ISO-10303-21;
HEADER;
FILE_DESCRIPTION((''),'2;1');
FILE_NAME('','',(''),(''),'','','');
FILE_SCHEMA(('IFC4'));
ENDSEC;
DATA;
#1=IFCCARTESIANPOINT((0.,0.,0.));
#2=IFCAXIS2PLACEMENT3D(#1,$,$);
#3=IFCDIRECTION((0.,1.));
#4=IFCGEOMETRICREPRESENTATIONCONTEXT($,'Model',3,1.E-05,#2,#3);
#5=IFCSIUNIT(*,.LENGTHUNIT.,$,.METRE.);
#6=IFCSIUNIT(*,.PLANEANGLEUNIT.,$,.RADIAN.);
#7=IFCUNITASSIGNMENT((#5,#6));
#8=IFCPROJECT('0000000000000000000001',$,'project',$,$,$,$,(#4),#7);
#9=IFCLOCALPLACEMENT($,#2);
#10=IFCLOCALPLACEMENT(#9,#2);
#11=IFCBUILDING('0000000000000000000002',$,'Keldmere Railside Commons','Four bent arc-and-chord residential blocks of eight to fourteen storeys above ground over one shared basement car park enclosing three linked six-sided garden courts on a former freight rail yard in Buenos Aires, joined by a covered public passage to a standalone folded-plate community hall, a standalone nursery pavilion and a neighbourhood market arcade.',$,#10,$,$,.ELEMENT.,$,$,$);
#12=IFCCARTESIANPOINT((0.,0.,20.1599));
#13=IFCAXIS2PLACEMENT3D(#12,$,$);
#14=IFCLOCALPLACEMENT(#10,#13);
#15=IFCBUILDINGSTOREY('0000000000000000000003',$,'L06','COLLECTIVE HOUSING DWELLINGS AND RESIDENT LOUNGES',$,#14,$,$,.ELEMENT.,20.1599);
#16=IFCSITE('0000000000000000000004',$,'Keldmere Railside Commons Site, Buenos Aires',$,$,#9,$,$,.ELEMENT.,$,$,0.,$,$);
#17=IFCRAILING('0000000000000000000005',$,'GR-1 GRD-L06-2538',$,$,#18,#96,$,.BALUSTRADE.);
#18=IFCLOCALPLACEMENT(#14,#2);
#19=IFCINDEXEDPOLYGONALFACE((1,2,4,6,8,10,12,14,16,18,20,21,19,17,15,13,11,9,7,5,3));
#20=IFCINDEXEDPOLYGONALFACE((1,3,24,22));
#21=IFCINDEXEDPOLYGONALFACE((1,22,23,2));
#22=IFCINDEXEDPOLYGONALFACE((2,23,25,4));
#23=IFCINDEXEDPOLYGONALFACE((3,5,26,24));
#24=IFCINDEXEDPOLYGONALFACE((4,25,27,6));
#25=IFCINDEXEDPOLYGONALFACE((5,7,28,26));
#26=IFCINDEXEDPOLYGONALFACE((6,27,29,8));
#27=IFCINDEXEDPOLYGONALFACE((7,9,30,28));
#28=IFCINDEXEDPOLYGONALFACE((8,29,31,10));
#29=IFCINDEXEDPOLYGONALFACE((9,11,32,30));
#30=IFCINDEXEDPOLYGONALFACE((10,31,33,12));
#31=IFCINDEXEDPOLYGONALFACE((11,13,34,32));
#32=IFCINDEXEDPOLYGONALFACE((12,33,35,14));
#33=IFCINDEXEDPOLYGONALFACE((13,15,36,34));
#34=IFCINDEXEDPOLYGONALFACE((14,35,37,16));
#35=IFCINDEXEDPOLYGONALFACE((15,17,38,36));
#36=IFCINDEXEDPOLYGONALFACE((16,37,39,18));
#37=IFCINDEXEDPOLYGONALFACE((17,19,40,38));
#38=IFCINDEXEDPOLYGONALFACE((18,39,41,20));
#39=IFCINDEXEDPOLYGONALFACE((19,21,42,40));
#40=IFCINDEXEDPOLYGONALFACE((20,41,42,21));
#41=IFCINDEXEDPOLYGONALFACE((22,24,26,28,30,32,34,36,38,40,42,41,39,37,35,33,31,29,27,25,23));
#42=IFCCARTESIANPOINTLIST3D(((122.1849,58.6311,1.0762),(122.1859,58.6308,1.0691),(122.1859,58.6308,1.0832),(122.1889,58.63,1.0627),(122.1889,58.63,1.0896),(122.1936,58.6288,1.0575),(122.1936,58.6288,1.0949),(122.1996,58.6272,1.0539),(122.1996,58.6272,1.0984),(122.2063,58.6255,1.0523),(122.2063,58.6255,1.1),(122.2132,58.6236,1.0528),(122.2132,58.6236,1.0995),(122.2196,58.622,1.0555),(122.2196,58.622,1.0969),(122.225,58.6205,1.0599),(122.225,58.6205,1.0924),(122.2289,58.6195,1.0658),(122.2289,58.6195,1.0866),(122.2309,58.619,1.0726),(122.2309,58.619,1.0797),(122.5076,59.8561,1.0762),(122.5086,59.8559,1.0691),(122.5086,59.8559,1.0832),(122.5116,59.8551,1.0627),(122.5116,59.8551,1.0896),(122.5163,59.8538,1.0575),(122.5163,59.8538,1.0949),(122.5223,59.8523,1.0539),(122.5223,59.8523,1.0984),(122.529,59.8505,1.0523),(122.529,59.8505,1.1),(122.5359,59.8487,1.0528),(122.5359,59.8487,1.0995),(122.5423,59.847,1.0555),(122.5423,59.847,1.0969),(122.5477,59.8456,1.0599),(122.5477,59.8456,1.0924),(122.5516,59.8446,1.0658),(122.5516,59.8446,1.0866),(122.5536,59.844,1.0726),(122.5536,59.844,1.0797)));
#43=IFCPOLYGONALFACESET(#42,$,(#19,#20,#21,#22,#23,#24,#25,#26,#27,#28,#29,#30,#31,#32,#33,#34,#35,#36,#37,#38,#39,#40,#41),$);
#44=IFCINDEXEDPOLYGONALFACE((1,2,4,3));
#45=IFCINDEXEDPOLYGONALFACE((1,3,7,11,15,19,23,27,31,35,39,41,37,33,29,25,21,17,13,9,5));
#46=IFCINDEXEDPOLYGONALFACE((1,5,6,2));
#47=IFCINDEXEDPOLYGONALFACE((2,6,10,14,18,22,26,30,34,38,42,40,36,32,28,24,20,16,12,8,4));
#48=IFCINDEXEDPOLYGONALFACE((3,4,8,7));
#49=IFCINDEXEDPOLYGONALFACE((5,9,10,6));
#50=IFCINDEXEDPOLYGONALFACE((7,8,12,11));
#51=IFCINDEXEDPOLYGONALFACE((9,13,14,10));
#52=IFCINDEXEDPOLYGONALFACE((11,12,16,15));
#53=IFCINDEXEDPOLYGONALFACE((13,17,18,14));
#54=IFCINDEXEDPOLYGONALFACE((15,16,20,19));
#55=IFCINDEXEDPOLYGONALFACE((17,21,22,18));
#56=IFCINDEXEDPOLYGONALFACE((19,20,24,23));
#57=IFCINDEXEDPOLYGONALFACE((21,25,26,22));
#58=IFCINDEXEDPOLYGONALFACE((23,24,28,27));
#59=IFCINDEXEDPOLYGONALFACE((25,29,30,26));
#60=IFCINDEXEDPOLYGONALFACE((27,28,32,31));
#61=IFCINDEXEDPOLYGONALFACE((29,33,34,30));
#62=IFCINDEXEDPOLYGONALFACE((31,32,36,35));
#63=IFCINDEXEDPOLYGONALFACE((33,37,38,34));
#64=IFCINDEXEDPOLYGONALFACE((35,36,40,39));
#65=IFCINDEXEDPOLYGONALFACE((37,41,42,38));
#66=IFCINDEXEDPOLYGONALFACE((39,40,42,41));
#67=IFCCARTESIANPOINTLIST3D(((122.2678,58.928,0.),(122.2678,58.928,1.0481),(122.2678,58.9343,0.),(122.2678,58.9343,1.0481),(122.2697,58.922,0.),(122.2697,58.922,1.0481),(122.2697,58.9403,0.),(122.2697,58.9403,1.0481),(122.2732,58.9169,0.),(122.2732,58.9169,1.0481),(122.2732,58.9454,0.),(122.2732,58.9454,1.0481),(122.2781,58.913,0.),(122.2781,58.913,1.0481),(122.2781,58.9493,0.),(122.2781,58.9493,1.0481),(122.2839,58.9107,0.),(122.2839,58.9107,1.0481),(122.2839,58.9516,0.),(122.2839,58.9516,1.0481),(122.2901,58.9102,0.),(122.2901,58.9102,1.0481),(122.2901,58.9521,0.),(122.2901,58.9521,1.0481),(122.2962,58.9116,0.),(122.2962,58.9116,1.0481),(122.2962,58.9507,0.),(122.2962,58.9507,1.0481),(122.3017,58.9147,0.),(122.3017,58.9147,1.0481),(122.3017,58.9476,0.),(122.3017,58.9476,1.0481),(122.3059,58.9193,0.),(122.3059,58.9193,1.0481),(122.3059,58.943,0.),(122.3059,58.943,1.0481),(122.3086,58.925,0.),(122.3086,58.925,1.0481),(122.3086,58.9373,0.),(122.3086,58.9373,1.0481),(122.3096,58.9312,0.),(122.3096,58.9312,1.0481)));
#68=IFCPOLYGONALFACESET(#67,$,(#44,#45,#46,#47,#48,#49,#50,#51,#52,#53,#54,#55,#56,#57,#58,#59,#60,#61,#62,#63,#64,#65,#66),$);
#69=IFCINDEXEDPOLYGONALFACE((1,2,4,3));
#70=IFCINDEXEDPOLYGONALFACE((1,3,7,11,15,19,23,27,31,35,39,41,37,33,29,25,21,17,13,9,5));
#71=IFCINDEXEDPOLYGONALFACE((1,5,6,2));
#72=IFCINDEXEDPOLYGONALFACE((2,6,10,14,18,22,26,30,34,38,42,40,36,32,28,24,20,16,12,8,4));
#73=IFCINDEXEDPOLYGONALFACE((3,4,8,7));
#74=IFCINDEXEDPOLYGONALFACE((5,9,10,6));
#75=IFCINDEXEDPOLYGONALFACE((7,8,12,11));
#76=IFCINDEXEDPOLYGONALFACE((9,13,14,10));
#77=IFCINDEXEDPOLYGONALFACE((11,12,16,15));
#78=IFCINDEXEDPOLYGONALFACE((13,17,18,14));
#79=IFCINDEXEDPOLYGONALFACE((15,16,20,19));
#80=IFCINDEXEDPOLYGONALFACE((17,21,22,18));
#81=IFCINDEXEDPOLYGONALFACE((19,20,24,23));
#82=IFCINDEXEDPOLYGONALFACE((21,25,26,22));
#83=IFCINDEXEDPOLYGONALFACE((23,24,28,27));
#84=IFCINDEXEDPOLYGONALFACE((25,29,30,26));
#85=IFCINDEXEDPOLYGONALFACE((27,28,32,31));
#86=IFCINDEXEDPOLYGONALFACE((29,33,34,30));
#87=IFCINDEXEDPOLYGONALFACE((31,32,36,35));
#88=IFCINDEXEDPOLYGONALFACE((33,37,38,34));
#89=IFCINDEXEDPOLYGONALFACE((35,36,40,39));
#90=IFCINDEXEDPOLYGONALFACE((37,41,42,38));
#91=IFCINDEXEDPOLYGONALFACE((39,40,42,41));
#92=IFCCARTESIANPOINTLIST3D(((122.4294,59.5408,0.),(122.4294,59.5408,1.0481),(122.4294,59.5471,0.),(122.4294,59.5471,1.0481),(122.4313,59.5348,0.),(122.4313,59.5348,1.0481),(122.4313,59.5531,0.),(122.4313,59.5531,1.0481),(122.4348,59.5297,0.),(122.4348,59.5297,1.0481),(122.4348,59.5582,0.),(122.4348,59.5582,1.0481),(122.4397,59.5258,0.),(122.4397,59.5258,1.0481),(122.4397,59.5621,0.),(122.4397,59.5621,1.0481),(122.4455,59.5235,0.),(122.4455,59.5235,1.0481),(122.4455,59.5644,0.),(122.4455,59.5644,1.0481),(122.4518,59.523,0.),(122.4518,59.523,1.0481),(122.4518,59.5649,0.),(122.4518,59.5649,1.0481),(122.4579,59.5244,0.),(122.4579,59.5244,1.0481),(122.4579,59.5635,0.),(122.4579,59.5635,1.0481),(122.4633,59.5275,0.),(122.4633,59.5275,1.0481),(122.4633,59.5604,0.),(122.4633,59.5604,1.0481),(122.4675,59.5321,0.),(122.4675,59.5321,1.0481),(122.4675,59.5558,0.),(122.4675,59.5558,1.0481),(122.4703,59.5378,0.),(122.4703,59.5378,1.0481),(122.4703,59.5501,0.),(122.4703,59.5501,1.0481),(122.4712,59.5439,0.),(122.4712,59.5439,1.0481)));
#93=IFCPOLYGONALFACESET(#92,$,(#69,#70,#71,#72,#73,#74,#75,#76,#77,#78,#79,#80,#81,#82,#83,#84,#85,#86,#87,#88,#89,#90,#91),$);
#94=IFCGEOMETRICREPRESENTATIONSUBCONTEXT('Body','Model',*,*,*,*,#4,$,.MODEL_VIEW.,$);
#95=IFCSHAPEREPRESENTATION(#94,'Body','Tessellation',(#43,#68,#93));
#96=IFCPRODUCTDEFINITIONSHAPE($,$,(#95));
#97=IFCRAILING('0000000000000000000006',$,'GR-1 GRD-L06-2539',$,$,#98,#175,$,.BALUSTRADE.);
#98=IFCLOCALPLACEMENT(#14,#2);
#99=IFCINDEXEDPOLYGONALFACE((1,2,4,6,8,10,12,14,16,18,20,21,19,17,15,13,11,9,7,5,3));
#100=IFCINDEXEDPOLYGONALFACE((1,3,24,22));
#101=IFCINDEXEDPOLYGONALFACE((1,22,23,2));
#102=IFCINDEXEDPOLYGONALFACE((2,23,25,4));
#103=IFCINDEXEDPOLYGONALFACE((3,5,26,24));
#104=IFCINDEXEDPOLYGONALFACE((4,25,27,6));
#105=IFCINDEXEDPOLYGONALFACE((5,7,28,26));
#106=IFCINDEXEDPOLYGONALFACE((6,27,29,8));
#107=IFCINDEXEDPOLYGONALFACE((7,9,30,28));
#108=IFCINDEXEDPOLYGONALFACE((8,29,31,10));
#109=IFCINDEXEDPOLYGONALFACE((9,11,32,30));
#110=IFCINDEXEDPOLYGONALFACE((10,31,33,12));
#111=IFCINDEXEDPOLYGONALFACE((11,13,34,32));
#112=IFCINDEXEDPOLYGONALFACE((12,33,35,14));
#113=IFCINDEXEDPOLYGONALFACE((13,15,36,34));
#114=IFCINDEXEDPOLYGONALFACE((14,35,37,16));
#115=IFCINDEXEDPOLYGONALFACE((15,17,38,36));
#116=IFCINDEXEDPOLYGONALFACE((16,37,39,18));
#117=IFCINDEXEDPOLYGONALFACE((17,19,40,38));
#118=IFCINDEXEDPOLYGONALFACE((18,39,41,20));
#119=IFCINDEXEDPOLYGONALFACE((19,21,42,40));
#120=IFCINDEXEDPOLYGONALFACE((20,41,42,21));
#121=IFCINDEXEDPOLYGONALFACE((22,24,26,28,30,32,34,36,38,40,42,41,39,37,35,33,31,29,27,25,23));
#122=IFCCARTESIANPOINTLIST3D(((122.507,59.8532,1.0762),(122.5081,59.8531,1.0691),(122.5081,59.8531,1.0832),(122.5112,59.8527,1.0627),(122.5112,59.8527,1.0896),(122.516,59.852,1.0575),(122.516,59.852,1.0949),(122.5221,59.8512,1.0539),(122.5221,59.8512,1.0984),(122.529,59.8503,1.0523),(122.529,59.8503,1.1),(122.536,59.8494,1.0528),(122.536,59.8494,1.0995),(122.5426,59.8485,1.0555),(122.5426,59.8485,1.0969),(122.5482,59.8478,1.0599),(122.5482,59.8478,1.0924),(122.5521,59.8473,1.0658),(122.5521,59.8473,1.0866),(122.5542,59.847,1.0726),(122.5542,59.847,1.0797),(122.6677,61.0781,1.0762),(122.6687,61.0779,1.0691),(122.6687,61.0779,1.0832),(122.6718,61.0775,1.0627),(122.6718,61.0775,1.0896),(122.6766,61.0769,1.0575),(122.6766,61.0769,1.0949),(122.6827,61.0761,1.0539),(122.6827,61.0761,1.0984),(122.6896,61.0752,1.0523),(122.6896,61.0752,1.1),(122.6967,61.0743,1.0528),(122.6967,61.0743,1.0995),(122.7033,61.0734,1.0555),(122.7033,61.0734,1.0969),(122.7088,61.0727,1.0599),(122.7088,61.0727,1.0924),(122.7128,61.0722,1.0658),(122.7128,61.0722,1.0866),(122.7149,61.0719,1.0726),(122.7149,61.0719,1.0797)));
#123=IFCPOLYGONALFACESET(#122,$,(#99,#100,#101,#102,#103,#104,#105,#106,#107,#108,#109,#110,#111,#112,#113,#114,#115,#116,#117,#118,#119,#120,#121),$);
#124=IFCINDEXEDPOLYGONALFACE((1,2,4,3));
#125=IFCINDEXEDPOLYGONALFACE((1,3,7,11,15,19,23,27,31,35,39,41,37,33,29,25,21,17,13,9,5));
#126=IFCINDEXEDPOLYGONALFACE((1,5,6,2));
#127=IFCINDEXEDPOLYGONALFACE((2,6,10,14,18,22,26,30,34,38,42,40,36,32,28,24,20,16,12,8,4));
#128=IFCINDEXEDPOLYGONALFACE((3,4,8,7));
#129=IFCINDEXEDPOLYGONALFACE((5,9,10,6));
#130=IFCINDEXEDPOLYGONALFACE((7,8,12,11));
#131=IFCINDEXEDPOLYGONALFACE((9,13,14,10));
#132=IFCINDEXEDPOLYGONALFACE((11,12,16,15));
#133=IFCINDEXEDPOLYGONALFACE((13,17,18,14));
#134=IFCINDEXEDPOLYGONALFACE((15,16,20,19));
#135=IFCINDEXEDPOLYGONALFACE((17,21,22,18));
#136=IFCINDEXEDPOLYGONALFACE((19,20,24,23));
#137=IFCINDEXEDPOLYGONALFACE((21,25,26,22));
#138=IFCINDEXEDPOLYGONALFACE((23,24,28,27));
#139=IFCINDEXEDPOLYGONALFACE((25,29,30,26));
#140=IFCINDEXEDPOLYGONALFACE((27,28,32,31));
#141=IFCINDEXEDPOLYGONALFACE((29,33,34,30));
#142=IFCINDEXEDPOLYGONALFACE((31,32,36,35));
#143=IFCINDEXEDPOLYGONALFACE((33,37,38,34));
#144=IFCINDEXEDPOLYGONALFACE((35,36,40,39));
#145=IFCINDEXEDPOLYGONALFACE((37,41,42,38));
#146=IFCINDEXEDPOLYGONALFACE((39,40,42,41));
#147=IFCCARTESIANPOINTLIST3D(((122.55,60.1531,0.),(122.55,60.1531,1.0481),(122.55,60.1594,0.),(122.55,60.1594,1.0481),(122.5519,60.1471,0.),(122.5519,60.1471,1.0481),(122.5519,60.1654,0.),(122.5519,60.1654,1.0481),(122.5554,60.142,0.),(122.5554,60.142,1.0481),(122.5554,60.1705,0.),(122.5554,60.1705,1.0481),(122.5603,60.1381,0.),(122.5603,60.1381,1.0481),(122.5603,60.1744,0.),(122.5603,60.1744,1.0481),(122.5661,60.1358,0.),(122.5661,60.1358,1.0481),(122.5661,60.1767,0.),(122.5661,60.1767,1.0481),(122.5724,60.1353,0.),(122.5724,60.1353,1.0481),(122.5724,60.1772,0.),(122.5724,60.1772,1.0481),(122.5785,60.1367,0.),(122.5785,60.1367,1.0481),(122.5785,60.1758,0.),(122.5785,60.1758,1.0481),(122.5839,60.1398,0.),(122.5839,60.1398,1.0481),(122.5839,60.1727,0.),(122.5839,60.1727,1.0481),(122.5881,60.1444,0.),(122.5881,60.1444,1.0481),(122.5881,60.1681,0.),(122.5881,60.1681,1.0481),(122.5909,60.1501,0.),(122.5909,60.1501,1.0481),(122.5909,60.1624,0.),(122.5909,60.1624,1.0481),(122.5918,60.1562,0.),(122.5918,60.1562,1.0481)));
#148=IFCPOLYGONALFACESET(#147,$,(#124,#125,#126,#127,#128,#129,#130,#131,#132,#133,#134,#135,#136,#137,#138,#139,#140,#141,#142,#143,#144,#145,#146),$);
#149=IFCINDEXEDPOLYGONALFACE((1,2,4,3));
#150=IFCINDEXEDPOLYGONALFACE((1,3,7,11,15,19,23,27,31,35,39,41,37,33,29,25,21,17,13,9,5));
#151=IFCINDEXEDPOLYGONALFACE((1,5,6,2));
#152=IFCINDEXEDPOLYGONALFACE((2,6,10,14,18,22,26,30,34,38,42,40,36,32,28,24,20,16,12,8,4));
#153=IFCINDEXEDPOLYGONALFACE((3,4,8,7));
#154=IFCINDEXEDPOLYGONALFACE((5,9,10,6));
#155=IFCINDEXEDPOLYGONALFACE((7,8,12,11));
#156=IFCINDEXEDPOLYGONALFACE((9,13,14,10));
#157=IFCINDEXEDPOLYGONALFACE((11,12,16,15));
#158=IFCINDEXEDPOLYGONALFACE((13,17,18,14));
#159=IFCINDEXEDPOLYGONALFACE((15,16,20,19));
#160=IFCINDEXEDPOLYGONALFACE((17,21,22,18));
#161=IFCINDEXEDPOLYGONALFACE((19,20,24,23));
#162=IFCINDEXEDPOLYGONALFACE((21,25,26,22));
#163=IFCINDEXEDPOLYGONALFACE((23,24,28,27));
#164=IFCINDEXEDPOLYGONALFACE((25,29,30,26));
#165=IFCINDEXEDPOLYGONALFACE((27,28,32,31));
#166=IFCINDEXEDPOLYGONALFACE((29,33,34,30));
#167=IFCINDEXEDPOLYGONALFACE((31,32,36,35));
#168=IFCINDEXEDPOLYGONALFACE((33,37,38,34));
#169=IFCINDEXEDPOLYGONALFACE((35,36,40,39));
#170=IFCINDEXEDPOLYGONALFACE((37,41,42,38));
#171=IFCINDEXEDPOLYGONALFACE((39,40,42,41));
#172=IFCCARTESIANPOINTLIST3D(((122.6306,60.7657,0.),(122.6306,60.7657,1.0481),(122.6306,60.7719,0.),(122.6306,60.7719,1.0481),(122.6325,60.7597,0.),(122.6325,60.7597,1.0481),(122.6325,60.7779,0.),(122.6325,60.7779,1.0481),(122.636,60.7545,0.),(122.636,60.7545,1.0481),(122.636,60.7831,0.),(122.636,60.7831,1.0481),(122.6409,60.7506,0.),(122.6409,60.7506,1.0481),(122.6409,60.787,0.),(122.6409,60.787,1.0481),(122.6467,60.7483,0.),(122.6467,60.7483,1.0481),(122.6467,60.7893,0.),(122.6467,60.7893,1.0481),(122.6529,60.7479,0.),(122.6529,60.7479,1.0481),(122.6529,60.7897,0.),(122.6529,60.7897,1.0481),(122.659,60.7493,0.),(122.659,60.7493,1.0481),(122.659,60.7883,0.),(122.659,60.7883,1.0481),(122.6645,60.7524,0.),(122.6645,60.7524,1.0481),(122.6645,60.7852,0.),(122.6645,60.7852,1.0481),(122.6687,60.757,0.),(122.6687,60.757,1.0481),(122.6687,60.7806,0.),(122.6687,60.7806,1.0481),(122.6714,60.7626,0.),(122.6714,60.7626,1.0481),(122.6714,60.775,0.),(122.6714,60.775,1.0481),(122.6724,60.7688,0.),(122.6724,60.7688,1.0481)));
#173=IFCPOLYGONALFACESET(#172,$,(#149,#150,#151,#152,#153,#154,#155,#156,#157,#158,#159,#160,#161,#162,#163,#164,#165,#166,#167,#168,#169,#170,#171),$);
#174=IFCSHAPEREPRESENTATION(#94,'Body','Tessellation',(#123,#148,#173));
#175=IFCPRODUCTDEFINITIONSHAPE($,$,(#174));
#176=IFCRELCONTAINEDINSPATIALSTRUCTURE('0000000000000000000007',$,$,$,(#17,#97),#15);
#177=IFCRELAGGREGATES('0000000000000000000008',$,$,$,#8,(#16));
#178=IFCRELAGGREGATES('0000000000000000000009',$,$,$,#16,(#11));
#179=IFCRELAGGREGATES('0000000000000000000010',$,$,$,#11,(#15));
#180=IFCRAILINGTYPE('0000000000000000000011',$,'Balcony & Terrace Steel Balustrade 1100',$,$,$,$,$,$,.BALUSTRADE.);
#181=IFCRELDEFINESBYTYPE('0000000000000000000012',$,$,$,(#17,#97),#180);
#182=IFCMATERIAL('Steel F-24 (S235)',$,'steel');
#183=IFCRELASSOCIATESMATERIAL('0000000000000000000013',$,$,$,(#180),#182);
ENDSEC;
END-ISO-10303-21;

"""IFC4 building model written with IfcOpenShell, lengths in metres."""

from ifc_helpers import new_model, si_unit, direction, frame, origin, origin_2d, place, context, subcontext, project, spatial, circle, extrude, material, type_object, element, save


model = new_model("IFC4")

# Units and contexts
model_context = context("Model", 3, precision=1e-05, world=origin(), true_north=direction((0.0, 1.0)))
body_context = subcontext(model_context, "Body", "Model", "MODEL_VIEW")
ifc_project = project(units=[si_unit("LENGTHUNIT", "METRE"), si_unit("PLANEANGLEUNIT", "RADIAN")], contexts=[model_context])

# Site, building, storey
site_placement = place(None, origin())
site = spatial("IfcSite", under=ifc_project, at=site_placement, Name="Keldmere Railside Commons Site, Buenos Aires", CompositionType="ELEMENT", RefElevation=0.0)
building_placement = place(site_placement, origin())
building = spatial("IfcBuilding", under=site, at=building_placement, Name="Keldmere Railside Commons", Description="Four bent arc-and-chord residential blocks of eight to fourteen storeys above ground over one shared basement car park enclosing three linked six-sided garden courts on a former freight rail yard in Buenos Aires, joined by a covered public passage to a standalone folded-plate community hall, a standalone nursery pavilion and a neighbourhood market arcade.", CompositionType="ELEMENT")
storey_placement = place(building_placement, frame((0.0, 0.0, 20.1599)))
storey = spatial("IfcBuildingStorey", under=building, at=storey_placement, Name="L06", Description="COLLECTIVE HOUSING DWELLINGS AND RESIDENT LOUNGES", CompositionType="ELEMENT", Elevation=20.1599)

# Railings
ifc_material_1 = material(Name="Steel F-24 (S235)", Category="steel")
railing_type = type_object("IfcRailingType", Name="Balcony & Terrace Steel Balustrade 1100", PredefinedType="BALUSTRADE", material=ifc_material_1)
railing_1_placement = place(storey_placement, frame((122.208, 58.625, 0.0)))
element("IfcRailing", 1, at=railing_1_placement, inside=storey, type_object=railing_type, Name="GR-1 GRD-L06-2538", PredefinedType="BALUSTRADE", context=body_context, shape_type="SweptSolid", body=[
    extrude(circle(Radius=0.0239, at=origin_2d()), frame((0.0, 0.0, 1.0762), z_axis=(0.254759, 0.967005, 0.0), x_axis=(-0.967005, 0.254759, 0.0)), (0.0, 0.0, 1.0), 1.2668),
    extrude(circle(Radius=0.021, at=origin_2d()), frame((0.0806, 0.3062, 0.0)), (0.0, 0.0, 1.0), 1.0481),
    extrude(circle(Radius=0.021, at=origin_2d()), frame((0.2422, 0.9189, 0.0)), (0.0, 0.0, 1.0), 1.0481),
])
railing_2_placement = place(storey_placement, frame((122.5308, 59.8501, 0.0)))
element("IfcRailing", 2, at=railing_2_placement, inside=storey, type_object=railing_type, Name="GR-1 GRD-L06-2539", PredefinedType="BALUSTRADE", context=body_context, shape_type="SweptSolid", body=[
    extrude(circle(Radius=0.0239, at=origin_2d()), frame((0.0, 0.0, 1.0762), z_axis=(0.13004, 0.991509, 0.0), x_axis=(-0.991509, 0.13004, 0.0)), (0.0, 0.0, 1.0), 1.2354),
    extrude(circle(Radius=0.021, at=origin_2d()), frame((0.04, 0.3062, 0.0)), (0.0, 0.0, 1.0), 1.0481),
    extrude(circle(Radius=0.021, at=origin_2d()), frame((0.1206, 0.9187, 0.0)), (0.0, 0.0, 1.0), 1.0481),
])

save(model, "model.ifc")
